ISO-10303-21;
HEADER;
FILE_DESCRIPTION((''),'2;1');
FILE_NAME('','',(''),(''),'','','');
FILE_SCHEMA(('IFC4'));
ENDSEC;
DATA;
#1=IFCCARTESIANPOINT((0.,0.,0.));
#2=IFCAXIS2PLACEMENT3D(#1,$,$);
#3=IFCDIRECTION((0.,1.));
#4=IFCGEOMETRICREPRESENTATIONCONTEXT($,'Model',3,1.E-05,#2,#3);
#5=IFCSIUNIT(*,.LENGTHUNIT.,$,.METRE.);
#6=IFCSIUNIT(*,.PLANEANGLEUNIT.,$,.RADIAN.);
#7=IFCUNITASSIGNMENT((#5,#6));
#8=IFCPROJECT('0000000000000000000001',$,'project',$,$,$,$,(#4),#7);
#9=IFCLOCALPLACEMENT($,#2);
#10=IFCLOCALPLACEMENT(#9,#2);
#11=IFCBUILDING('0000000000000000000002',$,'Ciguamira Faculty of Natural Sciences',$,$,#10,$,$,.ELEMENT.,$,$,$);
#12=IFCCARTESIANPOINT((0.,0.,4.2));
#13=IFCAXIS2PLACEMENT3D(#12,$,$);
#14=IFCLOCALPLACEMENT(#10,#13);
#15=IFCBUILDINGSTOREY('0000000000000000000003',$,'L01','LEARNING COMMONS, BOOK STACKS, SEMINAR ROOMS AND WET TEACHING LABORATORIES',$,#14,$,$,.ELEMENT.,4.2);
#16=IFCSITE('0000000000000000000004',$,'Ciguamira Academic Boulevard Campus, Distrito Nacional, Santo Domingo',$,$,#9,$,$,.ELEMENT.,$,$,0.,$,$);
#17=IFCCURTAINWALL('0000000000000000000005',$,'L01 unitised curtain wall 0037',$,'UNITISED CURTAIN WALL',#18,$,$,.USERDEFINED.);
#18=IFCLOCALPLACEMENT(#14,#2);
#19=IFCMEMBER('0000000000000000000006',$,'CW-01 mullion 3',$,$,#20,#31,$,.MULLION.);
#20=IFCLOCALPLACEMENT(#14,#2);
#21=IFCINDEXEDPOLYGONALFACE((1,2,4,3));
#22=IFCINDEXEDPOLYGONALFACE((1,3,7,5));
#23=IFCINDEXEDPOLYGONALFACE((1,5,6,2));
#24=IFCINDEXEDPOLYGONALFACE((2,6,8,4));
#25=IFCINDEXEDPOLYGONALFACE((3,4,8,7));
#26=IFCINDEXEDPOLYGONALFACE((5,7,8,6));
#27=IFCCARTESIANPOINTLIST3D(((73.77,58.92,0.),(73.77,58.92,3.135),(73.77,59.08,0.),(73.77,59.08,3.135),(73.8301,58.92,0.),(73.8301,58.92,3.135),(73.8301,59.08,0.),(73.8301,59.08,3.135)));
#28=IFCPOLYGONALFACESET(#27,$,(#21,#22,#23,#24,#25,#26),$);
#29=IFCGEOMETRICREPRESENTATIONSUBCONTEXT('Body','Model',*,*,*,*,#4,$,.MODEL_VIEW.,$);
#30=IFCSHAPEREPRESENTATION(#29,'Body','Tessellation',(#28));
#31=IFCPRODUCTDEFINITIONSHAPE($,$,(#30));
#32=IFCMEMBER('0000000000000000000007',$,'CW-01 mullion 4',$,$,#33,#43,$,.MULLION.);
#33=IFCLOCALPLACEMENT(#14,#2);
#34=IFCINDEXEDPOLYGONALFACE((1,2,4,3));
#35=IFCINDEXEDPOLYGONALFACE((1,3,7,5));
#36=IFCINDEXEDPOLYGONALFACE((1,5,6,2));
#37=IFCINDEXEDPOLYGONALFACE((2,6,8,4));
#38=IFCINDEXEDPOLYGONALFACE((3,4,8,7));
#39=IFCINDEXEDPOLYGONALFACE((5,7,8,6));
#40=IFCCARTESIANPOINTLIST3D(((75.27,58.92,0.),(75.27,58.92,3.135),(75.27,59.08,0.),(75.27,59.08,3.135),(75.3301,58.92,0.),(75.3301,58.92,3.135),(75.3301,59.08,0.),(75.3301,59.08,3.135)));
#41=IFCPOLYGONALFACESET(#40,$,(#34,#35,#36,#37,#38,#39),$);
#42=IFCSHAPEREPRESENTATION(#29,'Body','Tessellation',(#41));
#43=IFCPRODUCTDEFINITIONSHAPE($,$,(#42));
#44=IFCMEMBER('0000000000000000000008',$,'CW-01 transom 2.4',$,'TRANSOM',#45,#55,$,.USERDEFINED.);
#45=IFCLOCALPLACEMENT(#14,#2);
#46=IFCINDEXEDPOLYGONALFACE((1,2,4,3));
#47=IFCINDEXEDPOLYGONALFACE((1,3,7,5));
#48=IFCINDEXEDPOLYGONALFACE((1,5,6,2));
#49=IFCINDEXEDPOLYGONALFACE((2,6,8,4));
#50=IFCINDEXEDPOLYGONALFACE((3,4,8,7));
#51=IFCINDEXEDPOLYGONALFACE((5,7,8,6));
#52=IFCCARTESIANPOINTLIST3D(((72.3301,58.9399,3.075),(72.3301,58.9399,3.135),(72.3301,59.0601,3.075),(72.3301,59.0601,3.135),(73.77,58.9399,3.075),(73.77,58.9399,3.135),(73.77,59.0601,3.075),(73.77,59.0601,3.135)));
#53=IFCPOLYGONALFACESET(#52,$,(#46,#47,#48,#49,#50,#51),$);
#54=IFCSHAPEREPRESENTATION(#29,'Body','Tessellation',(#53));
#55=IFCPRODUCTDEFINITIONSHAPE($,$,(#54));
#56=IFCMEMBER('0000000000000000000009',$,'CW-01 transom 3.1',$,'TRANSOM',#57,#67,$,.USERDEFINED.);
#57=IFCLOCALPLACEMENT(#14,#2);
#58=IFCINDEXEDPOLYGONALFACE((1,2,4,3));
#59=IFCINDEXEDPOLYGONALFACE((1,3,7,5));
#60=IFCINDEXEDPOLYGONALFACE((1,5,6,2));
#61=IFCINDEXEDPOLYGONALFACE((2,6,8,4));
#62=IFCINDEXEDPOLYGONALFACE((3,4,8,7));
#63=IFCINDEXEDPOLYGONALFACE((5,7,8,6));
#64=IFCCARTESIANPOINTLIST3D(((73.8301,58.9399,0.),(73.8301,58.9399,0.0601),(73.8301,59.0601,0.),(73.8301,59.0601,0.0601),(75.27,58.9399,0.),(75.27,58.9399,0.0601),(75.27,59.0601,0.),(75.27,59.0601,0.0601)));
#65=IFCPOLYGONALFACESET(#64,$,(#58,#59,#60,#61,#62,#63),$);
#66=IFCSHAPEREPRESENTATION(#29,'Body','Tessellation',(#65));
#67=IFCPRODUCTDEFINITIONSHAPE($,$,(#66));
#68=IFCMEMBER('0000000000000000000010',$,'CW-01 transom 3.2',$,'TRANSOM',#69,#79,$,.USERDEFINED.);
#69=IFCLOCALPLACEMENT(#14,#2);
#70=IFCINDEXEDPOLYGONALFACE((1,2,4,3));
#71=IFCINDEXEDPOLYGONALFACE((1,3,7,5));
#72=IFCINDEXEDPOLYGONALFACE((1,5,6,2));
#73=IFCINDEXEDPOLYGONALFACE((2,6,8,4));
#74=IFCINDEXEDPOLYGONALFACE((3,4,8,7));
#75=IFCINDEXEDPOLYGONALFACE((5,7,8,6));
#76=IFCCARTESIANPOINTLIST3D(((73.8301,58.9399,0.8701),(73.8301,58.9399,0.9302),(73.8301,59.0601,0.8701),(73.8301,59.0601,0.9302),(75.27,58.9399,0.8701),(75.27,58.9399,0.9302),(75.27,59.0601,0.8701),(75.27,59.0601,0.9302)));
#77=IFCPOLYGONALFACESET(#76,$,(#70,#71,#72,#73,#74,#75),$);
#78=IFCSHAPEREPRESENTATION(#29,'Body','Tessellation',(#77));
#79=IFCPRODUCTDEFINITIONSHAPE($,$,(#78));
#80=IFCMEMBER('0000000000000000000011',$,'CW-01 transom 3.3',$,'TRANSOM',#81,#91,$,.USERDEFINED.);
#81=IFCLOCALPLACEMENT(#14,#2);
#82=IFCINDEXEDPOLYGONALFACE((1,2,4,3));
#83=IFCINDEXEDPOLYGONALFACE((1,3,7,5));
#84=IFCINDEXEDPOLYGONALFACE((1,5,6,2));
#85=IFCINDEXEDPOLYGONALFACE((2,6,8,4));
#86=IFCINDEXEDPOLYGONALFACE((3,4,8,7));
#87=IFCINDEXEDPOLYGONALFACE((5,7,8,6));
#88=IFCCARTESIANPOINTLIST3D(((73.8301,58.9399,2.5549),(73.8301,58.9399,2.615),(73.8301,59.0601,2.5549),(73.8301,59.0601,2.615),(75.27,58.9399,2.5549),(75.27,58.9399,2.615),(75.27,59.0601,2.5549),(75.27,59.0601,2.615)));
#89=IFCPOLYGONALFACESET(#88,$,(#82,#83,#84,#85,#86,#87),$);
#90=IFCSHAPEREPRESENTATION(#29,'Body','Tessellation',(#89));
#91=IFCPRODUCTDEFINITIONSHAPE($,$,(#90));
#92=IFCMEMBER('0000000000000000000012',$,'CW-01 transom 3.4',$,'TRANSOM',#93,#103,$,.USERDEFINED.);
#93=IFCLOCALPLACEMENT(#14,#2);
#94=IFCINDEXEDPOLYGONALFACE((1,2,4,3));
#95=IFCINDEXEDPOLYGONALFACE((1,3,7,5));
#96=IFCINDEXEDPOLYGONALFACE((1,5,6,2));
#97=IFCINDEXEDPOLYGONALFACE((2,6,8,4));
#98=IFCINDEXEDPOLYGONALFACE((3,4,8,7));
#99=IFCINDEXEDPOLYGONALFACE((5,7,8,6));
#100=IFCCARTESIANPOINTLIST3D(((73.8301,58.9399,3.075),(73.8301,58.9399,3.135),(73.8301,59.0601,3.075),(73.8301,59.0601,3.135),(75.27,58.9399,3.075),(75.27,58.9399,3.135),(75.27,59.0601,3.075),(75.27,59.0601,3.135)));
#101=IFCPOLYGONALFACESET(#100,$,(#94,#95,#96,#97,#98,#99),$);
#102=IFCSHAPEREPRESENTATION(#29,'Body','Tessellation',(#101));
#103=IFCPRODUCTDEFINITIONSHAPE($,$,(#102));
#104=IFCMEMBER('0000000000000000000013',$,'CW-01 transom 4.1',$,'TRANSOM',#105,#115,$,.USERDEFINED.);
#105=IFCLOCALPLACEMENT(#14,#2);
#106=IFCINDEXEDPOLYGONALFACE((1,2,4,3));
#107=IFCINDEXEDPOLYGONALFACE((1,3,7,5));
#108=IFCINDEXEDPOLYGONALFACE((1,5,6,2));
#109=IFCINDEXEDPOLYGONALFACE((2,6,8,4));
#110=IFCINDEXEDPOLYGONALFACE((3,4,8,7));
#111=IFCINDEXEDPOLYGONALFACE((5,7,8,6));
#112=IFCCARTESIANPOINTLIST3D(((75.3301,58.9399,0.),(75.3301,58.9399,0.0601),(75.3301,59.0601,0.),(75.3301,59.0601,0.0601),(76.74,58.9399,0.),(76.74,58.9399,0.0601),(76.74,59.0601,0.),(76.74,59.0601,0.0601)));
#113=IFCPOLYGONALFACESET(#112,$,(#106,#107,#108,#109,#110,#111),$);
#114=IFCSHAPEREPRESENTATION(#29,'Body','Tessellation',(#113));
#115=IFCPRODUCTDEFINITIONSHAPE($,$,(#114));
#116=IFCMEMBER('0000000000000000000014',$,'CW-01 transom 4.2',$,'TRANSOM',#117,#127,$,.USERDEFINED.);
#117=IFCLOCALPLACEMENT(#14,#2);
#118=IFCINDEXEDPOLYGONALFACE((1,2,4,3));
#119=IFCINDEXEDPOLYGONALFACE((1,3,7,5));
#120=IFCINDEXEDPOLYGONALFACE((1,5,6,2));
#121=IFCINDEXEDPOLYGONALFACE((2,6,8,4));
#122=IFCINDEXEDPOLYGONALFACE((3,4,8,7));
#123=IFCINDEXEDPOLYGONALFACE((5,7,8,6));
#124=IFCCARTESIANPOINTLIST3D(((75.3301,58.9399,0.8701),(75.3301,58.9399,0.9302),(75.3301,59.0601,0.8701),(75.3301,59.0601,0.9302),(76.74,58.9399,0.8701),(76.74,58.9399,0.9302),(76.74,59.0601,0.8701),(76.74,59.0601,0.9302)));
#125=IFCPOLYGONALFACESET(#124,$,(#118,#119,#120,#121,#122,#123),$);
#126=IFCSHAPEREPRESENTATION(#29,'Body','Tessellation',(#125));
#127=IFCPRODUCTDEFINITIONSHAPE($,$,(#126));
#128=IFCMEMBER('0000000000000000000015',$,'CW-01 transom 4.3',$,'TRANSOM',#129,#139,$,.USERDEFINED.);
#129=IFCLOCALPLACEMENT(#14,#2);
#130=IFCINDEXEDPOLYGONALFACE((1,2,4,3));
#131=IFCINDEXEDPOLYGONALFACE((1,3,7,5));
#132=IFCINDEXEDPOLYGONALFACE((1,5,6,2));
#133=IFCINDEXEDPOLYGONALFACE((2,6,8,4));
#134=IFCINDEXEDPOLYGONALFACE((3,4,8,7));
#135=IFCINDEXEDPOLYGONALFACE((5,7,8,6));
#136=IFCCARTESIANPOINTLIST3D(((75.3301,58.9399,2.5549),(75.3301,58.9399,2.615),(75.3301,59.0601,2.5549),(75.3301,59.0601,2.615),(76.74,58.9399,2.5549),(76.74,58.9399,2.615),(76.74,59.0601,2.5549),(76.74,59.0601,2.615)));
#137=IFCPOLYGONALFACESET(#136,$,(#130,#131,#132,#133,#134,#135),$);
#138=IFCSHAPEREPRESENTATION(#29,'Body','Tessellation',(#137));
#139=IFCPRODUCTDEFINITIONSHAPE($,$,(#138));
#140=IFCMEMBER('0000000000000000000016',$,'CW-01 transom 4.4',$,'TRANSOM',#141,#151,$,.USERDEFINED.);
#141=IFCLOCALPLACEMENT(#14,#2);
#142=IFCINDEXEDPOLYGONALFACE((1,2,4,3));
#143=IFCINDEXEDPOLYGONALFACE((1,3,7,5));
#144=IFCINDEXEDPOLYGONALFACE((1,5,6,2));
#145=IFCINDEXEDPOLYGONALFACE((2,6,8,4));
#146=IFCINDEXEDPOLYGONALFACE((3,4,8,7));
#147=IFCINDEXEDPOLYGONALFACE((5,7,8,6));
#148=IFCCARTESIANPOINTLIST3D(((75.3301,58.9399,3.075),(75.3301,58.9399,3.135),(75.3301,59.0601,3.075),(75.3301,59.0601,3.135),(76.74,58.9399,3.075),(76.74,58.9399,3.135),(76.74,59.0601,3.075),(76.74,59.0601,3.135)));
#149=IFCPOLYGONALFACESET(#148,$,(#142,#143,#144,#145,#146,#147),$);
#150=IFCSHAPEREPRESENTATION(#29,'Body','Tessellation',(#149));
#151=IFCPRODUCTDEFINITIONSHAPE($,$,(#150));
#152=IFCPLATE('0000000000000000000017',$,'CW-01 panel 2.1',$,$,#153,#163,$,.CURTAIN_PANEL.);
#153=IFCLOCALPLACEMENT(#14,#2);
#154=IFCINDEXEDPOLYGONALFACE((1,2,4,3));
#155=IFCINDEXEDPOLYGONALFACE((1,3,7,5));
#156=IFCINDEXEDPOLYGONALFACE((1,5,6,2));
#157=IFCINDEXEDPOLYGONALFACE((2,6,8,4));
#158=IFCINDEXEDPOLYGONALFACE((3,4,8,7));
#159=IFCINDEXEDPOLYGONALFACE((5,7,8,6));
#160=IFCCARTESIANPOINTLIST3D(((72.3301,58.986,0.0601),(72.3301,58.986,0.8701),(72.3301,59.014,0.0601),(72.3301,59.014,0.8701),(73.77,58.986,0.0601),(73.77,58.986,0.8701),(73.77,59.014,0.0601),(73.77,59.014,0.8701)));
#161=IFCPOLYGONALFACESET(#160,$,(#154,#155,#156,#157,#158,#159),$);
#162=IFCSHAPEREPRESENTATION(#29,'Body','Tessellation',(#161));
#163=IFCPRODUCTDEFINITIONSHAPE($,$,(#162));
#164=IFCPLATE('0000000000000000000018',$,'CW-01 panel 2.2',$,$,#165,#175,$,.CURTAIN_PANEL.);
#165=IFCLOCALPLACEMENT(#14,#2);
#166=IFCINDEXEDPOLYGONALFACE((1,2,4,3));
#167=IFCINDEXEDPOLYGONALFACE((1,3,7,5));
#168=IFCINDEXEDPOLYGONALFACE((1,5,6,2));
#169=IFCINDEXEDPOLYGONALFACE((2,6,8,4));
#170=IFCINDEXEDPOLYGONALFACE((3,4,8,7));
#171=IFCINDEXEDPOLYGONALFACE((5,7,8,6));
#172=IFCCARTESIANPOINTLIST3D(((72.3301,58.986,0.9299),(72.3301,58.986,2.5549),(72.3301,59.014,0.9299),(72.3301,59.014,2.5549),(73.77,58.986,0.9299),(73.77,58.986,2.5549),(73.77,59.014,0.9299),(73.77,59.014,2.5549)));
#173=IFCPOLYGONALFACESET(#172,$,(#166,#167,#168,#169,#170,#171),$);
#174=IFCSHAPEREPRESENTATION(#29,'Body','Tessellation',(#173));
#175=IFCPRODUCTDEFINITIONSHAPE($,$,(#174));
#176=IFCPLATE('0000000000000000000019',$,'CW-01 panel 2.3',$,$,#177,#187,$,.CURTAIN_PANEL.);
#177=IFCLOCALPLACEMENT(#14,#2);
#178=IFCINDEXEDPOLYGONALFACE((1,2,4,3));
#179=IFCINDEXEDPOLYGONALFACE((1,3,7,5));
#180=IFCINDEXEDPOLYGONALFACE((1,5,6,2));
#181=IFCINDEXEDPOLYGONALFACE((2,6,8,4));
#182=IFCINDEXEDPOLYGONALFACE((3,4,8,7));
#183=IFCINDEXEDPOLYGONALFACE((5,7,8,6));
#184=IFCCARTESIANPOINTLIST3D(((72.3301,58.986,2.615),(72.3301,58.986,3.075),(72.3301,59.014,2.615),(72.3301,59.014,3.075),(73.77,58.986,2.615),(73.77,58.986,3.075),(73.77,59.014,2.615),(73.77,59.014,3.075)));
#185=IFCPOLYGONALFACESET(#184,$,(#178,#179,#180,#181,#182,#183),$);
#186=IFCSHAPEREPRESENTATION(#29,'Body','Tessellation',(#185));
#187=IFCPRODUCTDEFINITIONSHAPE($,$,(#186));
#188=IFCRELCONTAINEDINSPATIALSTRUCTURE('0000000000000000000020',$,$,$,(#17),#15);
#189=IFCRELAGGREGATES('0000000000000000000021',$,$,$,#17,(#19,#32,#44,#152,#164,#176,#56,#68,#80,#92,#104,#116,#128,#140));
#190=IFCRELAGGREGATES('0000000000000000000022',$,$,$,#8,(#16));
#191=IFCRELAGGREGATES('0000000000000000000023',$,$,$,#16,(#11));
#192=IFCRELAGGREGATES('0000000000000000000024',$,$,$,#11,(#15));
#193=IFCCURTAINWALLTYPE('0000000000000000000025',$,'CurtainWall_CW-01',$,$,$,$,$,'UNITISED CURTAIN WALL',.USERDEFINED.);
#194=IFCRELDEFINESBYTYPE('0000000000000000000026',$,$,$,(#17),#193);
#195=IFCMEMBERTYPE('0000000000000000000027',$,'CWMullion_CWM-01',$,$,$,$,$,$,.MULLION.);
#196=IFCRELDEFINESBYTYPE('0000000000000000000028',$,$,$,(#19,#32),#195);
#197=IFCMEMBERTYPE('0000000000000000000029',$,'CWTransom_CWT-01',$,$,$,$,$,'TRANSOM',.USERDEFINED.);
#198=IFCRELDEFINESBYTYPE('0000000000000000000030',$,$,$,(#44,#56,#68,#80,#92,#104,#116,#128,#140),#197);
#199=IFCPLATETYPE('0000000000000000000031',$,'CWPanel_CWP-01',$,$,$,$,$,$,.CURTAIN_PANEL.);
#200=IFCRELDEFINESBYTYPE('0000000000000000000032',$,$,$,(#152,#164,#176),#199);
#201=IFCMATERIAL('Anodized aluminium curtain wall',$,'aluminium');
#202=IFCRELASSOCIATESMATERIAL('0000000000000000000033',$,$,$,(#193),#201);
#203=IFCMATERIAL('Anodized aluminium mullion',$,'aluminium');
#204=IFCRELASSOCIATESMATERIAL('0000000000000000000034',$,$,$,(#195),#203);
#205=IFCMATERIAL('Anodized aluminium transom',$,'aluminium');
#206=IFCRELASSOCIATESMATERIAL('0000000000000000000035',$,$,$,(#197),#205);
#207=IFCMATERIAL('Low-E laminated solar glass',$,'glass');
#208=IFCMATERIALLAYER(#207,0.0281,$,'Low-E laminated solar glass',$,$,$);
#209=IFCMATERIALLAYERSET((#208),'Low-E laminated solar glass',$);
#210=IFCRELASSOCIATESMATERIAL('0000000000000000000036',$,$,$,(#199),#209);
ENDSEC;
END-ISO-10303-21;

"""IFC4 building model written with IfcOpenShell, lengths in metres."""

from ifc_helpers import new_model, si_unit, direction, frame, origin, origin_2d, place, context, subcontext, project, spatial, rectangle, extrude, material, layer, layer_set, material_profile, profile_set, type_object, element, aggregate, save


model = new_model("IFC4")

# Units and contexts
model_context = context("Model", 3, precision=1e-05, world=origin(), true_north=direction((0.0, 1.0)))
body_context = subcontext(model_context, "Body", "Model", "MODEL_VIEW")
ifc_project = project(units=[si_unit("LENGTHUNIT", "METRE"), si_unit("PLANEANGLEUNIT", "RADIAN")], contexts=[model_context])

# Site, building, storey
site_placement = place(None, origin())
site = spatial("IfcSite", under=ifc_project, at=site_placement, Name="Ciguamira Academic Boulevard Campus, Distrito Nacional, Santo Domingo", CompositionType="ELEMENT", RefElevation=0.0)
building_placement = place(site_placement, origin())
building = spatial("IfcBuilding", under=site, at=building_placement, Name="Ciguamira Faculty of Natural Sciences", CompositionType="ELEMENT")
storey_placement = place(building_placement, frame((0.0, 0.0, 4.2)))
storey = spatial("IfcBuildingStorey", under=building, at=storey_placement, Name="L01", Description="LEARNING COMMONS, BOOK STACKS, SEMINAR ROOMS AND WET TEACHING LABORATORIES", CompositionType="ELEMENT", Elevation=4.2)

# Curtain wall, members, plates
ifc_material_1 = material(Name="Anodized aluminium curtain wall", Category="aluminium")
curtain_wall_type = type_object("IfcCurtainWallType", Name="CurtainWall_CW-01", ElementType="UNITISED CURTAIN WALL", PredefinedType="USERDEFINED", material=ifc_material_1)
curtain_wall_placement = place(storey_placement, origin())
curtain_wall = element("IfcCurtainWall", 1, at=curtain_wall_placement, inside=storey, type_object=curtain_wall_type, Name="L01 unitised curtain wall 0037", ObjectType="UNITISED CURTAIN WALL", PredefinedType="USERDEFINED")
ifc_material_2 = material(Name="Anodized aluminium mullion", Category="aluminium")
ifc_material_profile_1 = material_profile(ifc_material_2, rectangle(XDim=0.0601, YDim=0.1599, at=origin_2d()), Name="ALU-MUL-60X160")
ifc_profile_set_1 = profile_set([ifc_material_profile_1], Name="Anodized aluminium mullion")
member_type_1 = type_object("IfcMemberType", Name="CWMullion_CWM-01", PredefinedType="MULLION", material=ifc_profile_set_1)
member_1_placement = place(storey_placement, frame((73.8, 59.0, 0.0), z_axis=(0.0, 0.0, 1.0), x_axis=(1.0, 0.0, 0.0)))
member_1 = element("IfcMember", 2, at=member_1_placement, type_object=member_type_1, Name="CW-01 mullion 3", PredefinedType="MULLION", context=body_context, shape_type="SweptSolid", body=[
    extrude(rectangle(XDim=0.0601, YDim=0.1599, at=origin_2d()), origin(), (0.0, 0.0, 1.0), 3.135),
])
member_2_placement = place(storey_placement, frame((75.3, 59.0, 0.0), z_axis=(0.0, 0.0, 1.0), x_axis=(1.0, 0.0, 0.0)))
member_2 = element("IfcMember", 3, at=member_2_placement, type_object=member_type_1, Name="CW-01 mullion 4", PredefinedType="MULLION", context=body_context, shape_type="SweptSolid", body=[
    extrude(rectangle(XDim=0.0601, YDim=0.1599, at=origin_2d()), origin(), (0.0, 0.0, 1.0), 3.135),
])
ifc_material_3 = material(Name="Anodized aluminium transom", Category="aluminium")
ifc_material_profile_2 = material_profile(ifc_material_3, rectangle(XDim=0.0601, YDim=0.1201, at=origin_2d()), Name="ALU-TRN-60X120")
ifc_profile_set_2 = profile_set([ifc_material_profile_2], Name="Anodized aluminium transom")
member_type_2 = type_object("IfcMemberType", Name="CWTransom_CWT-01", ElementType="TRANSOM", PredefinedType="USERDEFINED", material=ifc_profile_set_2)
member_3_placement = place(storey_placement, frame((72.3301, 59.0, 3.105), z_axis=(1.0, 0.0, 0.0), x_axis=(0.0, 0.0, 1.0)))
member_3 = element("IfcMember", 4, at=member_3_placement, type_object=member_type_2, Name="CW-01 transom 2.4", ObjectType="TRANSOM", PredefinedType="USERDEFINED", context=body_context, shape_type="SweptSolid", body=[
    extrude(rectangle(XDim=0.0601, YDim=0.1201, at=origin_2d()), origin(), (0.0, 0.0, 1.0), 1.4399),
])
member_4_placement = place(storey_placement, frame((73.8301, 59.0, 0.03), z_axis=(1.0, 0.0, 0.0), x_axis=(0.0, 0.0, 1.0)))
member_4 = element("IfcMember", 5, at=member_4_placement, type_object=member_type_2, Name="CW-01 transom 3.1", ObjectType="TRANSOM", PredefinedType="USERDEFINED", context=body_context, shape_type="SweptSolid", body=[
    extrude(rectangle(XDim=0.0601, YDim=0.1201, at=origin_2d()), origin(), (0.0, 0.0, 1.0), 1.4399),
])
member_5_placement = place(storey_placement, frame((73.8301, 59.0, 0.9001), z_axis=(1.0, 0.0, 0.0), x_axis=(0.0, 0.0, 1.0)))
member_5 = element("IfcMember", 6, at=member_5_placement, type_object=member_type_2, Name="CW-01 transom 3.2", ObjectType="TRANSOM", PredefinedType="USERDEFINED", context=body_context, shape_type="SweptSolid", body=[
    extrude(rectangle(XDim=0.0601, YDim=0.1201, at=origin_2d()), origin(), (0.0, 0.0, 1.0), 1.4399),
])
member_6_placement = place(storey_placement, frame((73.8301, 59.0, 2.585), z_axis=(1.0, 0.0, 0.0), x_axis=(0.0, 0.0, 1.0)))
member_6 = element("IfcMember", 7, at=member_6_placement, type_object=member_type_2, Name="CW-01 transom 3.3", ObjectType="TRANSOM", PredefinedType="USERDEFINED", context=body_context, shape_type="SweptSolid", body=[
    extrude(rectangle(XDim=0.0601, YDim=0.1201, at=origin_2d()), origin(), (0.0, 0.0, 1.0), 1.4399),
])
member_7_placement = place(storey_placement, frame((73.8301, 59.0, 3.105), z_axis=(1.0, 0.0, 0.0), x_axis=(0.0, 0.0, 1.0)))
member_7 = element("IfcMember", 8, at=member_7_placement, type_object=member_type_2, Name="CW-01 transom 3.4", ObjectType="TRANSOM", PredefinedType="USERDEFINED", context=body_context, shape_type="SweptSolid", body=[
    extrude(rectangle(XDim=0.0601, YDim=0.1201, at=origin_2d()), origin(), (0.0, 0.0, 1.0), 1.4399),
])
member_8_placement = place(storey_placement, frame((75.3301, 59.0, 0.03), z_axis=(1.0, 0.0, 0.0), x_axis=(0.0, 0.0, 1.0)))
member_8 = element("IfcMember", 9, at=member_8_placement, type_object=member_type_2, Name="CW-01 transom 4.1", ObjectType="TRANSOM", PredefinedType="USERDEFINED", context=body_context, shape_type="SweptSolid", body=[
    extrude(rectangle(XDim=0.0601, YDim=0.1201, at=origin_2d()), origin(), (0.0, 0.0, 1.0), 1.4099),
])
member_9_placement = place(storey_placement, frame((75.3301, 59.0, 0.9001), z_axis=(1.0, 0.0, 0.0), x_axis=(0.0, 0.0, 1.0)))
member_9 = element("IfcMember", 10, at=member_9_placement, type_object=member_type_2, Name="CW-01 transom 4.2", ObjectType="TRANSOM", PredefinedType="USERDEFINED", context=body_context, shape_type="SweptSolid", body=[
    extrude(rectangle(XDim=0.0601, YDim=0.1201, at=origin_2d()), origin(), (0.0, 0.0, 1.0), 1.4099),
])
member_10_placement = place(storey_placement, frame((75.3301, 59.0, 2.585), z_axis=(1.0, 0.0, 0.0), x_axis=(0.0, 0.0, 1.0)))
member_10 = element("IfcMember", 11, at=member_10_placement, type_object=member_type_2, Name="CW-01 transom 4.3", ObjectType="TRANSOM", PredefinedType="USERDEFINED", context=body_context, shape_type="SweptSolid", body=[
    extrude(rectangle(XDim=0.0601, YDim=0.1201, at=origin_2d()), origin(), (0.0, 0.0, 1.0), 1.4099),
])
member_11_placement = place(storey_placement, frame((75.3301, 59.0, 3.105), z_axis=(1.0, 0.0, 0.0), x_axis=(0.0, 0.0, 1.0)))
member_11 = element("IfcMember", 12, at=member_11_placement, type_object=member_type_2, Name="CW-01 transom 4.4", ObjectType="TRANSOM", PredefinedType="USERDEFINED", context=body_context, shape_type="SweptSolid", body=[
    extrude(rectangle(XDim=0.0601, YDim=0.1201, at=origin_2d()), origin(), (0.0, 0.0, 1.0), 1.4099),
])
ifc_material_4 = material(Name="Low-E laminated solar glass", Category="glass")
ifc_layer = layer(ifc_material_4, 0.0281, Name="Low-E laminated solar glass")
ifc_layer_set = layer_set([ifc_layer], Name="Low-E laminated solar glass")
plate_type = type_object("IfcPlateType", Name="CWPanel_CWP-01", PredefinedType="CURTAIN_PANEL", material=ifc_layer_set)
plate_1_placement = place(storey_placement, frame((73.05, 59.0, 0.0601), z_axis=(0.0, 0.0, 1.0), x_axis=(1.0, 0.0, 0.0)))
plate_1 = element("IfcPlate", 13, at=plate_1_placement, type_object=plate_type, Name="CW-01 panel 2.1", PredefinedType="CURTAIN_PANEL", context=body_context, shape_type="SweptSolid", body=[
    extrude(rectangle(XDim=1.4399, YDim=0.0281, at=origin_2d()), origin(), (0.0, 0.0, 1.0), 0.8101),
])
plate_2_placement = place(storey_placement, frame((73.05, 59.0, 0.9299), z_axis=(0.0, 0.0, 1.0), x_axis=(1.0, 0.0, 0.0)))
plate_2 = element("IfcPlate", 14, at=plate_2_placement, type_object=plate_type, Name="CW-01 panel 2.2", PredefinedType="CURTAIN_PANEL", context=body_context, shape_type="SweptSolid", body=[
    extrude(rectangle(XDim=1.4399, YDim=0.0281, at=origin_2d()), origin(), (0.0, 0.0, 1.0), 1.625),
])
plate_3_placement = place(storey_placement, frame((73.05, 59.0, 2.615), z_axis=(0.0, 0.0, 1.0), x_axis=(1.0, 0.0, 0.0)))
plate_3 = element("IfcPlate", 15, at=plate_3_placement, type_object=plate_type, Name="CW-01 panel 2.3", PredefinedType="CURTAIN_PANEL", context=body_context, shape_type="SweptSolid", body=[
    extrude(rectangle(XDim=1.4399, YDim=0.0281, at=origin_2d()), origin(), (0.0, 0.0, 1.0), 0.46),
])
aggregate(curtain_wall, [member_1, member_2, member_3, plate_1, plate_2, plate_3, member_4, member_5, member_6, member_7, member_8, member_9, member_10, member_11])

save(model, "model.ifc")
